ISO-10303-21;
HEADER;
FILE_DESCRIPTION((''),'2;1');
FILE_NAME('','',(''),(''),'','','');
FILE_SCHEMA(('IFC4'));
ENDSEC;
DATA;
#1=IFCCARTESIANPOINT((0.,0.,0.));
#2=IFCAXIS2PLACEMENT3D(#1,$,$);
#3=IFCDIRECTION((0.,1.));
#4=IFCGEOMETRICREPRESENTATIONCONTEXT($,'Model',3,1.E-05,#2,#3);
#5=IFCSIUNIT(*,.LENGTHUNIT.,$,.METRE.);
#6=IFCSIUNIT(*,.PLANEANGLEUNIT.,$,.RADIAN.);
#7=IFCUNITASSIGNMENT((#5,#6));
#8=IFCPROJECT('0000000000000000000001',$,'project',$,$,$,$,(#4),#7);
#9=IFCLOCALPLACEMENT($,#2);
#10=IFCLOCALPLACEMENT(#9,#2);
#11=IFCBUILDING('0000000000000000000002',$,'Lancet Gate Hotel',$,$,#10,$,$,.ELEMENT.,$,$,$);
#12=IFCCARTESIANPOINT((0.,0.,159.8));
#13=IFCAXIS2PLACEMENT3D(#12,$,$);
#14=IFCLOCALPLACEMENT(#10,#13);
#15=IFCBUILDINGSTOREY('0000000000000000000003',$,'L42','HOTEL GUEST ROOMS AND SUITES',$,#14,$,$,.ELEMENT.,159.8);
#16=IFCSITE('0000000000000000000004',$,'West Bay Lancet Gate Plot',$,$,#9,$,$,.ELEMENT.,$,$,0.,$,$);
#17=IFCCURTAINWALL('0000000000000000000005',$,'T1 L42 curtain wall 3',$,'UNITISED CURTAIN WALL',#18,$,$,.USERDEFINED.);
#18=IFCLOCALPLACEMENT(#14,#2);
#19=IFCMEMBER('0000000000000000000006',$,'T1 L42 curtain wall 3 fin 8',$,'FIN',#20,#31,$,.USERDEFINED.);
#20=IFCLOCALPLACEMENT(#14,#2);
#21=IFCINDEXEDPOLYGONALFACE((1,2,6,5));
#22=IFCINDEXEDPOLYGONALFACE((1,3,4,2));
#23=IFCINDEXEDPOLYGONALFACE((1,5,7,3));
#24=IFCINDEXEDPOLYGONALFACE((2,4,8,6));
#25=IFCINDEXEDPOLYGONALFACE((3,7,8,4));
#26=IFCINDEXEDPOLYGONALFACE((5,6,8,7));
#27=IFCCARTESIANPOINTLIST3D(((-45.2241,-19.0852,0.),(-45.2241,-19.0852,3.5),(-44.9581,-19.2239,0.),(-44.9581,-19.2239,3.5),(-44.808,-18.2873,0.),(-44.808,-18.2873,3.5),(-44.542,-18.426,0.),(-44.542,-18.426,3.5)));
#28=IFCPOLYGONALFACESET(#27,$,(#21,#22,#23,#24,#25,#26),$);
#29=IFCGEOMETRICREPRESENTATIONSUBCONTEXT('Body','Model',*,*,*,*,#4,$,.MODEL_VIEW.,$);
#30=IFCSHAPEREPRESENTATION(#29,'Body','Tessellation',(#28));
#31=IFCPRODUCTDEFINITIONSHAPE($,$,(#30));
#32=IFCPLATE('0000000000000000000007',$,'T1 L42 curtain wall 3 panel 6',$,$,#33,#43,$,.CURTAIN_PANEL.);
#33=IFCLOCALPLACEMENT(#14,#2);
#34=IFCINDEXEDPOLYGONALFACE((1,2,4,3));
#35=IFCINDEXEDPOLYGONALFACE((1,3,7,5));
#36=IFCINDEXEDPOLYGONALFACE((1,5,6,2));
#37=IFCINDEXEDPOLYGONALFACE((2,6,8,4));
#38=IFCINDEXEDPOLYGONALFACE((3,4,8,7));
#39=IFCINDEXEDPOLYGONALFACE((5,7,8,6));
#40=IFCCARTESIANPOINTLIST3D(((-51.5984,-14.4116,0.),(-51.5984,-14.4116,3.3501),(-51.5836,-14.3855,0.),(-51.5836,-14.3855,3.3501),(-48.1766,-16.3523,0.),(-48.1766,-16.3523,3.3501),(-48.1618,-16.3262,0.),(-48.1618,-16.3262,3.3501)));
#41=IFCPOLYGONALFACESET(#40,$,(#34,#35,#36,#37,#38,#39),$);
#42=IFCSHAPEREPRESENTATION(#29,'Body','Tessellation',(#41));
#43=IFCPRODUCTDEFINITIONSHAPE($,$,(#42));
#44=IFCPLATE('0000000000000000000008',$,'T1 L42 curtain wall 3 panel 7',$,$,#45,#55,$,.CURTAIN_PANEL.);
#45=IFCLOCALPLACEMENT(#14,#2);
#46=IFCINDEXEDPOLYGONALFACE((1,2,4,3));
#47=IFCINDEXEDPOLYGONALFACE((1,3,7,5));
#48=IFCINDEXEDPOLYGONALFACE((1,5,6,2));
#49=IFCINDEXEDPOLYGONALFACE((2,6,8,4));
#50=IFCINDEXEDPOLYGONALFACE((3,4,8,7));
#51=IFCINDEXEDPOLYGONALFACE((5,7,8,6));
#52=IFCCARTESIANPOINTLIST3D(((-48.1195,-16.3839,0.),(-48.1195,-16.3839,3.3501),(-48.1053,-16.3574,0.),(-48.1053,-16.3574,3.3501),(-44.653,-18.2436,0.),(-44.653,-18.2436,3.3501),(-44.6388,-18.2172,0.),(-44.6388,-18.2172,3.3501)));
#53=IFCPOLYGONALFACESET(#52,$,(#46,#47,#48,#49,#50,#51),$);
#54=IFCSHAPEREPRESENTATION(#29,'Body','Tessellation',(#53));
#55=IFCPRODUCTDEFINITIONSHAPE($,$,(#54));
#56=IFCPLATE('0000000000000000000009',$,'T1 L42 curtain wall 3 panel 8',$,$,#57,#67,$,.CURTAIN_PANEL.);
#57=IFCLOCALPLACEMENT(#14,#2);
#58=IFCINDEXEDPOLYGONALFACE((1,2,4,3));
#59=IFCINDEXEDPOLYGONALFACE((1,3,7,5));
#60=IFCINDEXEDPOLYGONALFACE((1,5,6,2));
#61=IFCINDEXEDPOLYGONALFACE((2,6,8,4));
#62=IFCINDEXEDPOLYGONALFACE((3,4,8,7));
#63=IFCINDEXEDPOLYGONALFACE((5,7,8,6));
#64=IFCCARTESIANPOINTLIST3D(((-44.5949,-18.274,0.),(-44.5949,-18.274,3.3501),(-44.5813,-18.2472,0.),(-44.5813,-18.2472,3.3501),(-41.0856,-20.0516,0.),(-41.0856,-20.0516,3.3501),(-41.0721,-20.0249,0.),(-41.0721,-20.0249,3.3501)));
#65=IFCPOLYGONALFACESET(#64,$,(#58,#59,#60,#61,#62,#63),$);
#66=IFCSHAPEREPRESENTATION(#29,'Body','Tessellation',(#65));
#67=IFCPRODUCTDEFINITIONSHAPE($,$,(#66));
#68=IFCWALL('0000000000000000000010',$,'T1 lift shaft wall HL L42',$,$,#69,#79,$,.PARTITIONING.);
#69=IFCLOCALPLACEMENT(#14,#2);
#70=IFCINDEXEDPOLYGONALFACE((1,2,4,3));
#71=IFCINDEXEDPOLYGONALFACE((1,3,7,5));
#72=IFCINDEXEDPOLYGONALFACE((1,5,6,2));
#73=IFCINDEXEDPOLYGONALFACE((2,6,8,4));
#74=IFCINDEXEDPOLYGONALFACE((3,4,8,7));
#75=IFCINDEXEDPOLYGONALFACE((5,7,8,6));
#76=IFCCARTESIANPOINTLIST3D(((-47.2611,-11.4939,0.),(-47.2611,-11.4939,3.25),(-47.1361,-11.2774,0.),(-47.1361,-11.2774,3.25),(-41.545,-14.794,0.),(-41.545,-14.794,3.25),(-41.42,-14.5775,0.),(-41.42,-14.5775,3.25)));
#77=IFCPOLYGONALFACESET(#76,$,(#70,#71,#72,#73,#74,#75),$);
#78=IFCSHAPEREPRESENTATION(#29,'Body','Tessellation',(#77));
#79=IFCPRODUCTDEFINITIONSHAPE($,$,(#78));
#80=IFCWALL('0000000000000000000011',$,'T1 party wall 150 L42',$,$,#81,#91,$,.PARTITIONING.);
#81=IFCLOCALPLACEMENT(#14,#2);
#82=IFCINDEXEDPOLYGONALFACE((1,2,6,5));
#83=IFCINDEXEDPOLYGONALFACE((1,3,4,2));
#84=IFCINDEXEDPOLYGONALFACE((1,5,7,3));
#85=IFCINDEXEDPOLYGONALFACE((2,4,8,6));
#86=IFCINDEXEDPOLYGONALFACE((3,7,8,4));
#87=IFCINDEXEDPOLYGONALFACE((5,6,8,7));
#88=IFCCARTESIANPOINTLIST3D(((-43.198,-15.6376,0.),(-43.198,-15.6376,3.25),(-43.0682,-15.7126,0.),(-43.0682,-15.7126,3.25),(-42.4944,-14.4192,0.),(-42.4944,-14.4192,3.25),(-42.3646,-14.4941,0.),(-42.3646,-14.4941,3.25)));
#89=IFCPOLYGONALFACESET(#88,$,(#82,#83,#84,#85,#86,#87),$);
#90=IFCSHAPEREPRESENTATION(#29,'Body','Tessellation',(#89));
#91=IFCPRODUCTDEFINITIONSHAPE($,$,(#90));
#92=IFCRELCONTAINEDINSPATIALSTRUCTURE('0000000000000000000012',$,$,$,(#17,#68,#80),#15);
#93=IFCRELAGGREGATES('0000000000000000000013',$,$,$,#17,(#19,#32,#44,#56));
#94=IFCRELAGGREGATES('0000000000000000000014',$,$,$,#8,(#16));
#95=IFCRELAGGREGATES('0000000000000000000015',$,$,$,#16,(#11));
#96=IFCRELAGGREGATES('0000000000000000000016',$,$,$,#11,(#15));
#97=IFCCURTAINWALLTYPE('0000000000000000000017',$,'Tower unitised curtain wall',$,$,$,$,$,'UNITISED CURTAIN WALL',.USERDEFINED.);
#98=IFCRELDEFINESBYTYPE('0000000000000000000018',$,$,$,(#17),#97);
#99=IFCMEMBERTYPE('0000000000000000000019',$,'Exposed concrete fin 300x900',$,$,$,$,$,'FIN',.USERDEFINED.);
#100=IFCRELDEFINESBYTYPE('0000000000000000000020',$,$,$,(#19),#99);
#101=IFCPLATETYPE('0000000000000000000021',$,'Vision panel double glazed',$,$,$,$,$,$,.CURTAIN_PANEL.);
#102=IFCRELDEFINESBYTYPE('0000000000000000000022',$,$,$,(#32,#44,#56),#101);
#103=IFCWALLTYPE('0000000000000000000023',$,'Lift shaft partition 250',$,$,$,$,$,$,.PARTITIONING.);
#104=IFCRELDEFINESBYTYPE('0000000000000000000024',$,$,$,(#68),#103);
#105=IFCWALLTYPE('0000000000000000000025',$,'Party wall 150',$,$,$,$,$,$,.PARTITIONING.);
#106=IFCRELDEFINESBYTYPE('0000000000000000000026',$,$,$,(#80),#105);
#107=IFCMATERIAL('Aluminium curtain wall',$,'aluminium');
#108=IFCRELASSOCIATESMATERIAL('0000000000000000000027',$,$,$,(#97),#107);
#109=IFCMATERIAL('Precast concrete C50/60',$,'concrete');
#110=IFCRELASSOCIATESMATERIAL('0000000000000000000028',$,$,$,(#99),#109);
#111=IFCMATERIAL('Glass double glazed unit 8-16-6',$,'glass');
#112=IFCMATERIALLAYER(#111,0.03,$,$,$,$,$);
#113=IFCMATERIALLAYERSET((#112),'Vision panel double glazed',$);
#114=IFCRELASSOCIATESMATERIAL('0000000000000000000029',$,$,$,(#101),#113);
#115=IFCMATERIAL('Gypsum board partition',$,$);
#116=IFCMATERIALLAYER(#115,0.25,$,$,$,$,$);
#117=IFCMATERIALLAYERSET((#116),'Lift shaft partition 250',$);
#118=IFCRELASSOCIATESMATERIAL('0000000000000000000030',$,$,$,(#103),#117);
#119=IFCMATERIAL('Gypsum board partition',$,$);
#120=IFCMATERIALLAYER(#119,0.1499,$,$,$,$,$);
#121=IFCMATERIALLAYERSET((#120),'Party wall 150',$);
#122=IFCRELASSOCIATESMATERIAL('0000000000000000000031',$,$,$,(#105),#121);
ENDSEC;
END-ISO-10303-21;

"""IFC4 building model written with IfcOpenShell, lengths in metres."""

from ifc_helpers import new_model, si_unit, direction, frame, frame_2d, origin, origin_2d, place, context, subcontext, project, spatial, rectangle, extrude, material, layer, layer_set, material_profile, profile_set, type_object, element, aggregate, save


model = new_model("IFC4")

# Units and contexts
model_context = context("Model", 3, precision=1e-05, world=origin(), true_north=direction((0.0, 1.0)))
body_context = subcontext(model_context, "Body", "Model", "MODEL_VIEW")
ifc_project = project(units=[si_unit("LENGTHUNIT", "METRE"), si_unit("PLANEANGLEUNIT", "RADIAN")], contexts=[model_context])

# Site, building, storey
site_placement = place(None, origin())
site = spatial("IfcSite", under=ifc_project, at=site_placement, Name="West Bay Lancet Gate Plot", CompositionType="ELEMENT", RefElevation=0.0)
building_placement = place(site_placement, origin())
building = spatial("IfcBuilding", under=site, at=building_placement, Name="Lancet Gate Hotel", CompositionType="ELEMENT")
storey_placement = place(building_placement, frame((0.0, 0.0, 159.8)))
storey = spatial("IfcBuildingStorey", under=building, at=storey_placement, Name="L42", Description="HOTEL GUEST ROOMS AND SUITES", CompositionType="ELEMENT", Elevation=159.8)

# Curtain wall
ifc_material_1 = material(Name="Aluminium curtain wall", Category="aluminium")
curtain_wall_type = type_object("IfcCurtainWallType", Name="Tower unitised curtain wall", ElementType="UNITISED CURTAIN WALL", PredefinedType="USERDEFINED", material=ifc_material_1)
curtain_wall_placement = place(storey_placement, origin())
curtain_wall = element("IfcCurtainWall", 1, at=curtain_wall_placement, inside=storey, type_object=curtain_wall_type, Name="T1 L42 curtain wall 3", ObjectType="UNITISED CURTAIN WALL", PredefinedType="USERDEFINED")

# Member
ifc_material_2 = material(Name="Precast concrete C50/60", Category="concrete")
ifc_material_profile_1 = material_profile(ifc_material_2, rectangle(XDim=0.3, YDim=0.8999, at=origin_2d()), Name="FIN 300x900")
ifc_profile_set_1 = profile_set([ifc_material_profile_1], Name="Precast concrete C50/60")
member_type_1 = type_object("IfcMemberType", Name="Exposed concrete fin 300x900", ElementType="FIN", PredefinedType="USERDEFINED", material=ifc_profile_set_1)
member_1_placement = place(storey_placement, frame((-44.8831, -18.7556, 0.0), z_axis=(0.0, 0.0, 1.0), x_axis=(0.886694, -0.462356, 0.0)))
member_1 = element("IfcMember", 2, at=member_1_placement, type_object=member_type_1, Name="T1 L42 curtain wall 3 fin 8", ObjectType="FIN", PredefinedType="USERDEFINED", context=body_context, shape_type="SweptSolid", body=[
    extrude(rectangle(XDim=0.3, YDim=0.8999, at=origin_2d()), origin(), (0.0, 0.0, 1.0), 3.5),
])

# Plates
ifc_material_3 = material(Name="Glass double glazed unit 8-16-6", Category="glass")
ifc_layer_1 = layer(ifc_material_3, 0.03)
ifc_layer_set_1 = layer_set([ifc_layer_1], Name="Vision panel double glazed")
plate_type = type_object("IfcPlateType", Name="Vision panel double glazed", PredefinedType="CURTAIN_PANEL", material=ifc_layer_set_1)
plate_1_placement = place(storey_placement, frame((-49.8801, -15.3689, 0.0), z_axis=(0.0, 0.0, 1.0), x_axis=(0.869831, -0.493349, 0.0)))
plate_1 = element("IfcPlate", 3, at=plate_1_placement, type_object=plate_type, Name="T1 L42 curtain wall 3 panel 6", PredefinedType="CURTAIN_PANEL", context=body_context, shape_type="SweptSolid", body=[
    extrude(rectangle(XDim=3.9338, YDim=0.03, at=origin_2d()), origin(), (0.0, 0.0, 1.0), 3.3501),
])
plate_2_placement = place(storey_placement, frame((-46.3792, -17.3005, 0.0), z_axis=(0.0, 0.0, 1.0), x_axis=(0.881195, -0.472753, 0.0)))
plate_2 = element("IfcPlate", 4, at=plate_2_placement, type_object=plate_type, Name="T1 L42 curtain wall 3 panel 7", PredefinedType="CURTAIN_PANEL", context=body_context, shape_type="SweptSolid", body=[
    extrude(rectangle(XDim=3.9338, YDim=0.03, at=origin_2d()), origin(), (0.0, 0.0, 1.0), 3.3501),
])
plate_3_placement = place(storey_placement, frame((-42.8335, -19.1494, 0.0), z_axis=(0.0, 0.0, 1.0), x_axis=(0.892071, -0.451895, 0.0)))
plate_3 = element("IfcPlate", 5, at=plate_3_placement, type_object=plate_type, Name="T1 L42 curtain wall 3 panel 8", PredefinedType="CURTAIN_PANEL", context=body_context, shape_type="SweptSolid", body=[
    extrude(rectangle(XDim=3.9338, YDim=0.03, at=origin_2d()), origin(), (0.0, 0.0, 1.0), 3.3501),
])
aggregate(curtain_wall, [member_1, plate_1, plate_2, plate_3])

# Walls
ifc_material_4 = material(Name="Gypsum board partition")
ifc_layer_2 = layer(ifc_material_4, 0.25)
ifc_layer_set_2 = layer_set([ifc_layer_2], Name="Lift shaft partition 250")
wall_type_1 = type_object("IfcWallType", Name="Lift shaft partition 250", PredefinedType="PARTITIONING", material=ifc_layer_set_2)
wall_1_placement = place(storey_placement, frame((-41.4824, -14.6858, 0.0), z_axis=(0.0, 0.0, 1.0), x_axis=(-0.866033, 0.499986, 0.0)))
element("IfcWall", 6, at=wall_1_placement, inside=storey, type_object=wall_type_1, Name="T1 lift shaft wall HL L42", PredefinedType="PARTITIONING", context=body_context, shape_type="SweptSolid", body=[
    extrude(rectangle(XDim=6.6003, YDim=0.25, at=frame_2d((3.3003, 0.0))), origin(), (0.0, 0.0, 1.0), 3.25),
])
ifc_material_5 = material(Name="Gypsum board partition")
ifc_layer_3 = layer(ifc_material_5, 0.1499)
ifc_layer_set_3 = layer_set([ifc_layer_3], Name="Party wall 150")
wall_type_2 = type_object("IfcWallType", Name="Party wall 150", PredefinedType="PARTITIONING", material=ifc_layer_set_3)
wall_2_placement = place(storey_placement, frame((-42.4294, -14.4565, 0.0), z_axis=(0.0, 0.0, 1.0), x_axis=(-0.500058, -0.865992, 0.0)))
element("IfcWall", 7, at=wall_2_placement, inside=storey, type_object=wall_type_2, Name="T1 party wall 150 L42", PredefinedType="PARTITIONING", context=body_context, shape_type="SweptSolid", body=[
    extrude(rectangle(XDim=1.407, YDim=0.1499, at=frame_2d((0.7036, 0.0))), origin(), (0.0, 0.0, 1.0), 3.25),
])

save(model, "model.ifc")
